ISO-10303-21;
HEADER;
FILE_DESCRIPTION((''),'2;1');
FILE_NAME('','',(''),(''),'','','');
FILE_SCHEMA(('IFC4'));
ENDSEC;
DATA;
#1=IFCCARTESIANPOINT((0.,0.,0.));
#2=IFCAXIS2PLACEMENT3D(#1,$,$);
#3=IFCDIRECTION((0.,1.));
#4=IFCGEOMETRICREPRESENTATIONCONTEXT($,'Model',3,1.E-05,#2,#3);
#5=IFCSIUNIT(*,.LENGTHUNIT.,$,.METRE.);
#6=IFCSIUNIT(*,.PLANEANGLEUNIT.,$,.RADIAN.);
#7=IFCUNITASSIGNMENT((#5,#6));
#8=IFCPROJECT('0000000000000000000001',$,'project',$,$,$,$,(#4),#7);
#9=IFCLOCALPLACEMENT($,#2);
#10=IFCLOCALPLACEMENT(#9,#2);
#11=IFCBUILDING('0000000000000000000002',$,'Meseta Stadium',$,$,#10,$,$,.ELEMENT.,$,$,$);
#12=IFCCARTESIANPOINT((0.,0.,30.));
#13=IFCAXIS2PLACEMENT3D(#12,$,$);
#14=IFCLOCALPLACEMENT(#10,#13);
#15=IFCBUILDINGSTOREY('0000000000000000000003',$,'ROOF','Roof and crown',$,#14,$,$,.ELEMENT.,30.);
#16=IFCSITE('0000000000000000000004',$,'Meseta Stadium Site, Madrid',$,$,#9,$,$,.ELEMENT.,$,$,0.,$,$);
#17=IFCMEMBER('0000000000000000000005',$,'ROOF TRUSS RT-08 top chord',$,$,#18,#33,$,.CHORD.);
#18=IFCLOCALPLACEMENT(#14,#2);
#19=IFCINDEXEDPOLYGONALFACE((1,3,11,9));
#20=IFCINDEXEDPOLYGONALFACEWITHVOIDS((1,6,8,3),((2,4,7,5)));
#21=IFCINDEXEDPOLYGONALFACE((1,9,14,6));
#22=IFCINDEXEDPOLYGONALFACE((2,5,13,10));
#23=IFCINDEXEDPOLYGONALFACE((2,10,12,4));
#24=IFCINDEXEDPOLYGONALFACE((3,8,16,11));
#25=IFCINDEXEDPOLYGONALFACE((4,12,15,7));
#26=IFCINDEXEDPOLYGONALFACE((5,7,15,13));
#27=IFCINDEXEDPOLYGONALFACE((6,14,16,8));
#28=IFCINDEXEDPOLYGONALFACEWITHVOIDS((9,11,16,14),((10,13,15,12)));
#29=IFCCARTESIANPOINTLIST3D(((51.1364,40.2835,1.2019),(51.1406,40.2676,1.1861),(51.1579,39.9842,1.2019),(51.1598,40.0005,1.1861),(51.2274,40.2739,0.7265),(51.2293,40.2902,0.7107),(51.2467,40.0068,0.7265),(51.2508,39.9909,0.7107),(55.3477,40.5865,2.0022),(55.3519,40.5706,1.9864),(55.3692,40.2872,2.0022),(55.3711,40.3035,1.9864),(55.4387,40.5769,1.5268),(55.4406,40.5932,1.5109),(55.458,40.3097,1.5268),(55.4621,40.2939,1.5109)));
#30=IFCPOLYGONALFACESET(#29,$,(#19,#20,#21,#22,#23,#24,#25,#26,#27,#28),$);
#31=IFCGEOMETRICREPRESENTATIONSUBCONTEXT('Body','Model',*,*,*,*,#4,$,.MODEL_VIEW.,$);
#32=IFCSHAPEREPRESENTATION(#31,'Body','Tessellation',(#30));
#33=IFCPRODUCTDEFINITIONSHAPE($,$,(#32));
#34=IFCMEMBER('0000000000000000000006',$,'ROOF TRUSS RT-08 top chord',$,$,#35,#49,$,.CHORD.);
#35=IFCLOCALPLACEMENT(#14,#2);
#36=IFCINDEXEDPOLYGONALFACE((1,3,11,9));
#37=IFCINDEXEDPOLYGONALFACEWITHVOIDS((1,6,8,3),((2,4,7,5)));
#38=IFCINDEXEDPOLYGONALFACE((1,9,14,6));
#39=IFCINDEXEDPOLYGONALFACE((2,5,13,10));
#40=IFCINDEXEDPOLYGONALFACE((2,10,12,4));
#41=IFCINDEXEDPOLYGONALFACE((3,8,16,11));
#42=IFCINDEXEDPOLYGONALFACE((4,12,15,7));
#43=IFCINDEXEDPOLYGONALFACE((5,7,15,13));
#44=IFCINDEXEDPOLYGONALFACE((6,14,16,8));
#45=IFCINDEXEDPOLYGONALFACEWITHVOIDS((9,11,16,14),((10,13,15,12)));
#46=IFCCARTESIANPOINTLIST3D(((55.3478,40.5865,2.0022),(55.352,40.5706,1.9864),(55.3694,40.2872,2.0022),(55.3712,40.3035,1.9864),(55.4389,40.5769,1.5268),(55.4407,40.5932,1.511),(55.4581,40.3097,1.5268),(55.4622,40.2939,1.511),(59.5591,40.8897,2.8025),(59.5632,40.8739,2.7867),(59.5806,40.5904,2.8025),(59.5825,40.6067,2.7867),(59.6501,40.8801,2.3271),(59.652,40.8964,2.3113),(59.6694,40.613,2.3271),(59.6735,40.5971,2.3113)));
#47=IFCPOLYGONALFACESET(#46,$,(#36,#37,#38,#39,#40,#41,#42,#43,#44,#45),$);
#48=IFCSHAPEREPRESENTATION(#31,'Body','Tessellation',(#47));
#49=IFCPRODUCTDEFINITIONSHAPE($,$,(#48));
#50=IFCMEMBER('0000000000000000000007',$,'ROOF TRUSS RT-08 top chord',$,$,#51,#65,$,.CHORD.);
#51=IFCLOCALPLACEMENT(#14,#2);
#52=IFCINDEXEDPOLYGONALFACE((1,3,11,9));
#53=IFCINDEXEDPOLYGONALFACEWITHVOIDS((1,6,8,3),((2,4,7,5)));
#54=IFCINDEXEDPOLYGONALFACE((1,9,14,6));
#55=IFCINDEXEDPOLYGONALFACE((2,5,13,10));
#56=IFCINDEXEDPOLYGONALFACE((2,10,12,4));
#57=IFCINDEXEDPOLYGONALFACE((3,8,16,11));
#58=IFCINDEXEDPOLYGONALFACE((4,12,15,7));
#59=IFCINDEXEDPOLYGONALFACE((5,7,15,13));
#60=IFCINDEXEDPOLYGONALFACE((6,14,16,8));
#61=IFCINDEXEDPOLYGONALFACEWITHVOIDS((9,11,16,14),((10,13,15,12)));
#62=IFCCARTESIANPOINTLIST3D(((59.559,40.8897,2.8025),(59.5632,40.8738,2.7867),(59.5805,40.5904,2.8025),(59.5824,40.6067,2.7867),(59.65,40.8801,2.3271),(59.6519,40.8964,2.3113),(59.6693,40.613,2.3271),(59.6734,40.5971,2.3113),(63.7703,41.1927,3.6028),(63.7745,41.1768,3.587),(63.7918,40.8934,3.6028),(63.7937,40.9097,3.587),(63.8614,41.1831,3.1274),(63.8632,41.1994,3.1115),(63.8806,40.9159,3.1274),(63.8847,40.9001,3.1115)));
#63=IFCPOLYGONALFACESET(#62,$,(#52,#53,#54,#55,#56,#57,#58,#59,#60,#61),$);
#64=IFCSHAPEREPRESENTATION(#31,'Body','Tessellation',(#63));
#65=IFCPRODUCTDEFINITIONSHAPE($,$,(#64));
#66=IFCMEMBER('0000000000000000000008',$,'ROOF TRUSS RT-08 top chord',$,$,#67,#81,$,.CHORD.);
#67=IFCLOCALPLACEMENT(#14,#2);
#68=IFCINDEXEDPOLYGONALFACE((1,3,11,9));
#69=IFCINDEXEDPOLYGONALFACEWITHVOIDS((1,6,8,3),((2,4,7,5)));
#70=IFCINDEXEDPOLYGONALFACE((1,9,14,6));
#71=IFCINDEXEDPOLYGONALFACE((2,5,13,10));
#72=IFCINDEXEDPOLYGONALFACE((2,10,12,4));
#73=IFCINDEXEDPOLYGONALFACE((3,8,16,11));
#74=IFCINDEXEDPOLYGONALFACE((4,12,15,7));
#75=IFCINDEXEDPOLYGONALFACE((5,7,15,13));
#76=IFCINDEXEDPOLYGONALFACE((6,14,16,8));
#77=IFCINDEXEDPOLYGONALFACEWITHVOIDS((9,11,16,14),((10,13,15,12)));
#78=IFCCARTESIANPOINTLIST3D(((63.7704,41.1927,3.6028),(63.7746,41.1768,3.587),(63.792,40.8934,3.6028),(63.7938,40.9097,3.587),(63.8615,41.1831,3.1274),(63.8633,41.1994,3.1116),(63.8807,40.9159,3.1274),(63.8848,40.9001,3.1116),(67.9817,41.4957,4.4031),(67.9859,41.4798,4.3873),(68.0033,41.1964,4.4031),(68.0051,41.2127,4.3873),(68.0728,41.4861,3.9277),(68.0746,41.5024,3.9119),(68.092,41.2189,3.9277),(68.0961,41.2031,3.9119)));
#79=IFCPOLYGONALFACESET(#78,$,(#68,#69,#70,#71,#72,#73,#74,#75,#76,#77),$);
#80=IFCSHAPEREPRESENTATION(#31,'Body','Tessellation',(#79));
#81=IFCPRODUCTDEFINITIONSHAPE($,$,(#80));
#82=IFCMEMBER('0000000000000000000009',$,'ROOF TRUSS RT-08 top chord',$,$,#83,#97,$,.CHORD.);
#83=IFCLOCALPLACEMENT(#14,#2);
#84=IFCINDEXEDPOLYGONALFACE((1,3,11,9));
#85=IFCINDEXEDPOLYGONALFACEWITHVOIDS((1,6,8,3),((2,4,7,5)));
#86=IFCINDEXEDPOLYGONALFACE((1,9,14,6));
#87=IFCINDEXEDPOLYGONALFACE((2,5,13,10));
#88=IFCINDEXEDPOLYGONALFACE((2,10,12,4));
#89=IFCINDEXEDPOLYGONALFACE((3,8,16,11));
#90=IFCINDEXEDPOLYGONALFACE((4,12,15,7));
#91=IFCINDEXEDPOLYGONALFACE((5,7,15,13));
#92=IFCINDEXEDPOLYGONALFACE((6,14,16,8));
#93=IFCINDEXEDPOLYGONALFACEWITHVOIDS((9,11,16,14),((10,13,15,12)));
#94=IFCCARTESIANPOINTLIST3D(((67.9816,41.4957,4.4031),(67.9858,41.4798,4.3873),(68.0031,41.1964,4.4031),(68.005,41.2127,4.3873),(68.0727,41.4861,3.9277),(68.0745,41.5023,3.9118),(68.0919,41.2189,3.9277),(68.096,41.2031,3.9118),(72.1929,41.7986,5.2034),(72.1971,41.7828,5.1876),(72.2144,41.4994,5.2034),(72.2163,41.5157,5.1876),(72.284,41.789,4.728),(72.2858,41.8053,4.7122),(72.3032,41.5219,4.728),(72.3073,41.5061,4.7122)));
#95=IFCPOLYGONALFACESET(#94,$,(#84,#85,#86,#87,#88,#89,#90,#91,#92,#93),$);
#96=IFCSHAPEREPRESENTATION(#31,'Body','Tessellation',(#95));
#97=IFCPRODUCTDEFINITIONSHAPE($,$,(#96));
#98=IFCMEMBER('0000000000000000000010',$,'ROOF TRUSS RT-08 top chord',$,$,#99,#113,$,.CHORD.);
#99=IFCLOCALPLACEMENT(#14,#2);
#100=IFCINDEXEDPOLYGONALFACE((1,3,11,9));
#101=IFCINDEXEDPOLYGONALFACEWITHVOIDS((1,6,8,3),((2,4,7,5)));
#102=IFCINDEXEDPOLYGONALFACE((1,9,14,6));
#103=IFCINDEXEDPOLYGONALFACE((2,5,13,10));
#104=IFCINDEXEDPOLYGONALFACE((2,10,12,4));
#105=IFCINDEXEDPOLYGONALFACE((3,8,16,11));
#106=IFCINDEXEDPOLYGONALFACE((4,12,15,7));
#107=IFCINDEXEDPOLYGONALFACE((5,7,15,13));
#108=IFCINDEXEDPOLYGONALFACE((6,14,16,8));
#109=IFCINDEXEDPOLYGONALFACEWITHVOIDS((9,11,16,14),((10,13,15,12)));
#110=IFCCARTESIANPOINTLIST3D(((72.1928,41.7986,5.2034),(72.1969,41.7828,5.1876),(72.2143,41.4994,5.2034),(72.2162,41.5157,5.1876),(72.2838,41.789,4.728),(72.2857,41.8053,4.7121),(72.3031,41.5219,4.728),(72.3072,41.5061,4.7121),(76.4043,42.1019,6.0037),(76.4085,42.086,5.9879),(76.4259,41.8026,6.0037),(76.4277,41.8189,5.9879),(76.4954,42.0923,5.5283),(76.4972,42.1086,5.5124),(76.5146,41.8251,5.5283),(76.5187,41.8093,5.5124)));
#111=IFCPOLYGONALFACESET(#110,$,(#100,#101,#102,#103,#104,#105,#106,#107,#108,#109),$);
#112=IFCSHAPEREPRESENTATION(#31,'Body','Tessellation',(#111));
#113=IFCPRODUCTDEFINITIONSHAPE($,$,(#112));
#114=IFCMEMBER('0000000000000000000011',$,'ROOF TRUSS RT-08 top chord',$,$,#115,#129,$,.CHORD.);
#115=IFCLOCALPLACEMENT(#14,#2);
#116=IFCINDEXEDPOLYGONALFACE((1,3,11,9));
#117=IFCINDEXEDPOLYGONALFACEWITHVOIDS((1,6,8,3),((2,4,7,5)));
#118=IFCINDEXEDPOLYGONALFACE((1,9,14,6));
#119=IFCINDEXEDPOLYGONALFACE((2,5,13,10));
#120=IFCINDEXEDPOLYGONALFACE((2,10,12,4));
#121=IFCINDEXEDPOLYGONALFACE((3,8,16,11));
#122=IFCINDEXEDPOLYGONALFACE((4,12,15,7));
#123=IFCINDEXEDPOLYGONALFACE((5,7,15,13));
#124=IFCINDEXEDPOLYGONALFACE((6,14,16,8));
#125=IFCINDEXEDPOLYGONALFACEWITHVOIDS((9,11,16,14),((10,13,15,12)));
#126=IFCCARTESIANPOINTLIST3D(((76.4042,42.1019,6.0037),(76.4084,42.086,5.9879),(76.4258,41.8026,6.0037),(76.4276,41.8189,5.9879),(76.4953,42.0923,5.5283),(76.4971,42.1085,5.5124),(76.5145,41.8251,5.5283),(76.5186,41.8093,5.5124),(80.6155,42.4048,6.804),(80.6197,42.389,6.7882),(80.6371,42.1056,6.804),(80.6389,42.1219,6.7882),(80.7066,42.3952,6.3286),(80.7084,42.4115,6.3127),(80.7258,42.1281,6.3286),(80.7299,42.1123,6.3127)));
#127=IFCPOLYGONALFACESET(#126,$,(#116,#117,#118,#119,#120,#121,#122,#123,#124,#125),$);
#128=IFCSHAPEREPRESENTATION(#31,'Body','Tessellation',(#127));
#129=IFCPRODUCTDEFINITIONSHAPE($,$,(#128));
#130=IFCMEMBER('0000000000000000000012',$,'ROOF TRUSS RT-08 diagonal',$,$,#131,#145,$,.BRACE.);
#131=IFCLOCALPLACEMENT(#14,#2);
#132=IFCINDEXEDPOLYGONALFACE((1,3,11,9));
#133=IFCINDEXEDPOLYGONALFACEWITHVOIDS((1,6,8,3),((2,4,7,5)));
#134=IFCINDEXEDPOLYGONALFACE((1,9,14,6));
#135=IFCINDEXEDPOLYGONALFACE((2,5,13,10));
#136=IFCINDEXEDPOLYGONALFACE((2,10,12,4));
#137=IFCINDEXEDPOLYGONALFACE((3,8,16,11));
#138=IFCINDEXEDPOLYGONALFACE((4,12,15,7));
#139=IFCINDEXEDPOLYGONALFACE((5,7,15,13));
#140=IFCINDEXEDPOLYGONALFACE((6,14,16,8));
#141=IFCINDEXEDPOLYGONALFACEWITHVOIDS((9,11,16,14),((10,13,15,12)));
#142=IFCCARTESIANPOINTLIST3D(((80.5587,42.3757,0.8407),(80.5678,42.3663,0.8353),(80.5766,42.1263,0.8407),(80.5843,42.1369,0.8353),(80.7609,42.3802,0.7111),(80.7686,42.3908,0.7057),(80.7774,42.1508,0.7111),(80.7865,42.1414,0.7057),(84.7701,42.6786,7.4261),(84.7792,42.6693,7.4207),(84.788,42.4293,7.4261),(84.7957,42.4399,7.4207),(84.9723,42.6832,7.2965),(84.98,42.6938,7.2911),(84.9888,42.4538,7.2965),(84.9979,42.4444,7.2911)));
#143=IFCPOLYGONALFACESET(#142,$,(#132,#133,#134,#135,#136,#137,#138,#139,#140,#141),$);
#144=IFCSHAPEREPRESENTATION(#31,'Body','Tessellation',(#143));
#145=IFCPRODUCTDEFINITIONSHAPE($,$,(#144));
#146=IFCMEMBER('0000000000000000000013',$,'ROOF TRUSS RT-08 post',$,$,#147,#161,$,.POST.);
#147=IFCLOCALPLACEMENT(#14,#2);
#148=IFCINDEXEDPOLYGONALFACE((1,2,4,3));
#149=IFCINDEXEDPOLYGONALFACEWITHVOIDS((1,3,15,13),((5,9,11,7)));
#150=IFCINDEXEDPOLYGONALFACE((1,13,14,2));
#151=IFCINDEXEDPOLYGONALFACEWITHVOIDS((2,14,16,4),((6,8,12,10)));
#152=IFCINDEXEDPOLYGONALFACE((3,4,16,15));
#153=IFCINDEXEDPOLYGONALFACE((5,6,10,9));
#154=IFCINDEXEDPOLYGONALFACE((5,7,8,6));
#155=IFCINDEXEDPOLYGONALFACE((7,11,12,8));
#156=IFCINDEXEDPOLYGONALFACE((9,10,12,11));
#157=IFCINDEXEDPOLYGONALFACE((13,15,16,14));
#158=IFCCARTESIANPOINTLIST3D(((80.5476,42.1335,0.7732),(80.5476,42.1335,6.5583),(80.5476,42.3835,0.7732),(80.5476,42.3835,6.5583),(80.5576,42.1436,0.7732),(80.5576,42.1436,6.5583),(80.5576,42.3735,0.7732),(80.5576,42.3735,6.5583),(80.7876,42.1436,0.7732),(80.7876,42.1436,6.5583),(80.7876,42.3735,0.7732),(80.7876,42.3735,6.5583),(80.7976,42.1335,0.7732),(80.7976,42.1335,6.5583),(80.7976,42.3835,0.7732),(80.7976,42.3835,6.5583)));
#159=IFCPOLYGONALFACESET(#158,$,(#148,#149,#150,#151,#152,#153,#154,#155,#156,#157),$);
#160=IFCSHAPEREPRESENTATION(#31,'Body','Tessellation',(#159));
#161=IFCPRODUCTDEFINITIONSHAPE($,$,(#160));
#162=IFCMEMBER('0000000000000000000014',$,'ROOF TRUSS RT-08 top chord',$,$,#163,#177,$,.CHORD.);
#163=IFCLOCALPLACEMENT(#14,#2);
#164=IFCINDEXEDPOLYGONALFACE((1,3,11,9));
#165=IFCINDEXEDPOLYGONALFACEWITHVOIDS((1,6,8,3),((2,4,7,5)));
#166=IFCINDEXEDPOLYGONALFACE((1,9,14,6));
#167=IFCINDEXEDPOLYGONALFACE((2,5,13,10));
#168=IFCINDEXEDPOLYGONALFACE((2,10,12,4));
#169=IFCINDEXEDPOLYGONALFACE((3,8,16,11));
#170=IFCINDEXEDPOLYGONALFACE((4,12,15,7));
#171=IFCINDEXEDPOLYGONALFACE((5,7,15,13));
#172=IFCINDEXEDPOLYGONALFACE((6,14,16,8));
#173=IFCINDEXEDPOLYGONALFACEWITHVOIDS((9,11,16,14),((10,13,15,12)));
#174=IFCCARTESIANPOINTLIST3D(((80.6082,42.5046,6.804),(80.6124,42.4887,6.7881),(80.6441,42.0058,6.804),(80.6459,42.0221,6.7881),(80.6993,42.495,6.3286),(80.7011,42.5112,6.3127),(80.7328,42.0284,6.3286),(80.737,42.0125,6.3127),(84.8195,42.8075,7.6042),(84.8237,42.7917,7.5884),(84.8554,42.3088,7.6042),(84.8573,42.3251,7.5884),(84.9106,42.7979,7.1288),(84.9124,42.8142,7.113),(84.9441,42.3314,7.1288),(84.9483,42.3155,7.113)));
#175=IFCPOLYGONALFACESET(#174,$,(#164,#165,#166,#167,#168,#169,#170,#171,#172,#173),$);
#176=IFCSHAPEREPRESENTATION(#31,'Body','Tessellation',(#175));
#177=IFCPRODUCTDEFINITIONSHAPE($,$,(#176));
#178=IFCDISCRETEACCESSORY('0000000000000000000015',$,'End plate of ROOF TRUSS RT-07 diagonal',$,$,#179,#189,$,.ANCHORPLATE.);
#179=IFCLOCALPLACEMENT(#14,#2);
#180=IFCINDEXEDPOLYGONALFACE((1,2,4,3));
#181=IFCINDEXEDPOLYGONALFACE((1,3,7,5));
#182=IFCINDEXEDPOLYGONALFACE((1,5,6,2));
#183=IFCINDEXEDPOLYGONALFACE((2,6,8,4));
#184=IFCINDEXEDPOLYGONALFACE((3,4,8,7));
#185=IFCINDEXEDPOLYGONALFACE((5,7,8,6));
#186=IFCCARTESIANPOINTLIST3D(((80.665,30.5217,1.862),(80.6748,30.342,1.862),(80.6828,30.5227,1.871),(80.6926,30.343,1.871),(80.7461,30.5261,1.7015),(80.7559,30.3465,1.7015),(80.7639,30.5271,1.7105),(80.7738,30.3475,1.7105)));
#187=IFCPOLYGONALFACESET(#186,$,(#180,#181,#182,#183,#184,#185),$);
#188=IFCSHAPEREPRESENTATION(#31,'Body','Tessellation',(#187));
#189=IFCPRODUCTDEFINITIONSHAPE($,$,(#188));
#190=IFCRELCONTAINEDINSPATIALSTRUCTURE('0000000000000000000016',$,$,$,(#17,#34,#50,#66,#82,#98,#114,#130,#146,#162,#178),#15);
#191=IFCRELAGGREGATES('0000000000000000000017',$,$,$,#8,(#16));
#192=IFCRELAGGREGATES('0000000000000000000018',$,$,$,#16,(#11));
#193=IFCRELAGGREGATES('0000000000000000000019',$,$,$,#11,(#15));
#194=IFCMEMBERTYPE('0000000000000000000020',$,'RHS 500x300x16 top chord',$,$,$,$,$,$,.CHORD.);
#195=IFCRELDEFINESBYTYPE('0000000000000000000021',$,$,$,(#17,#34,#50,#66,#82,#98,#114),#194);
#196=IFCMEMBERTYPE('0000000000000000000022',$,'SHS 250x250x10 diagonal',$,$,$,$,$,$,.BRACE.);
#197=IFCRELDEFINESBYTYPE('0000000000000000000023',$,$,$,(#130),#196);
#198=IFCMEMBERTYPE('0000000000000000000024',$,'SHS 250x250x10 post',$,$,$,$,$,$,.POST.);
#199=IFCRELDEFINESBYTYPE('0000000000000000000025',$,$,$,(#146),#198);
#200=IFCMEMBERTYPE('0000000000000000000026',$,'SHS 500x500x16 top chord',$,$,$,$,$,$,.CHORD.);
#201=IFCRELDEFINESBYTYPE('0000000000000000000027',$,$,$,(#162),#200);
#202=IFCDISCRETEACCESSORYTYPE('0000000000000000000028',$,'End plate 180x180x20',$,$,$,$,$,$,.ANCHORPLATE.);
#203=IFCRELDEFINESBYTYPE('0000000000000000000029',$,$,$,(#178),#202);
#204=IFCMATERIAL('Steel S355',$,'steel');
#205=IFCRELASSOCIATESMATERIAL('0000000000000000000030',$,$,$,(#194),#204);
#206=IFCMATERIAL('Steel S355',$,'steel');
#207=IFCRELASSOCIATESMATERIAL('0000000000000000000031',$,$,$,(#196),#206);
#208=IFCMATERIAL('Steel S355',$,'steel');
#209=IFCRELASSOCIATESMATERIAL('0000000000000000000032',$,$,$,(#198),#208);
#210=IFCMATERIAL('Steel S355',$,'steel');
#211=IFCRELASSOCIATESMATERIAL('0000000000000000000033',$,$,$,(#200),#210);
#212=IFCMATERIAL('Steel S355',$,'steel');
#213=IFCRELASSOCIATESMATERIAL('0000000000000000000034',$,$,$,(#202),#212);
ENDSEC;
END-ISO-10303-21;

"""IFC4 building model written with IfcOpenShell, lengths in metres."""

from ifc_helpers import new_model, si_unit, direction, frame, origin, origin_2d, place, context, subcontext, project, spatial, rectangle, hollow_rectangle, extrude, material, material_profile, profile_set, type_object, element, save


model = new_model("IFC4")

# Units and contexts
model_context = context("Model", 3, precision=1e-05, world=origin(), true_north=direction((0.0, 1.0)))
body_context = subcontext(model_context, "Body", "Model", "MODEL_VIEW")
ifc_project = project(units=[si_unit("LENGTHUNIT", "METRE"), si_unit("PLANEANGLEUNIT", "RADIAN")], contexts=[model_context])

# Site, building, storey
site_placement = place(None, origin())
site = spatial("IfcSite", under=ifc_project, at=site_placement, Name="Meseta Stadium Site, Madrid", CompositionType="ELEMENT", RefElevation=0.0)
building_placement = place(site_placement, origin())
building = spatial("IfcBuilding", under=site, at=building_placement, Name="Meseta Stadium", CompositionType="ELEMENT")
storey_placement = place(building_placement, frame((0.0, 0.0, 30.0)))
storey = spatial("IfcBuildingStorey", under=building, at=storey_placement, Name="ROOF", Description="Roof and crown", CompositionType="ELEMENT", Elevation=30.0)

# Members
ifc_material_1 = material(Name="Steel S355", Category="steel")
ifc_material_profile_1 = material_profile(ifc_material_1, hollow_rectangle(XDim=0.3, YDim=0.5, WallThickness=0.0161, at=origin_2d()), Name="RHS 500x300x16")
ifc_profile_set_1 = profile_set([ifc_material_profile_1], Name="Steel S355")
member_type_1 = type_object("IfcMemberType", Name="RHS 500x300x16 top chord", PredefinedType="CHORD", material=ifc_profile_set_1)
for number, where, z_axis, x_axis, name in (
    (1, (51.1936, 40.1372, 0.9563), (0.979975, 0.070501, 0.186224), (-0.071757, 0.997422, 0.0), "ROOF TRUSS RT-08 top chord"),
    (2, (55.405, 40.4402, 1.7566), (0.979968, 0.070562, 0.186233), (-0.071818, 0.997418, 0.0), "ROOF TRUSS RT-08 top chord"),
    (3, (59.6162, 40.7434, 2.5569), (0.979975, 0.070501, 0.186224), (-0.071757, 0.997422, 0.0), "ROOF TRUSS RT-08 top chord"),
    (4, (63.8276, 41.0464, 3.3572), (0.979972, 0.070505, 0.186234), (-0.071761, 0.997422, 0.0), "ROOF TRUSS RT-08 top chord"),
    (5, (68.0388, 41.3494, 4.1575), (0.979972, 0.070505, 0.186234), (-0.071761, 0.997422, 0.0), "ROOF TRUSS RT-08 top chord"),
):
    element("IfcMember", number, at=place(storey_placement, frame(where, z_axis=z_axis, x_axis=x_axis)), inside=storey, type_object=member_type_1, Name=name, PredefinedType="CHORD", context=body_context, shape_type="SweptSolid", body=[
        extrude(hollow_rectangle(XDim=0.3, YDim=0.5, WallThickness=0.0161, at=origin_2d()), origin(), (0.0, 0.0, 1.0), 4.2974),
    ])
member_1_placement = place(storey_placement, frame((72.25, 41.6523, 4.9578), z_axis=(0.979971, 0.070558, 0.186223), x_axis=(-0.071814, 0.997418, 0.0)))
element("IfcMember", 6, at=member_1_placement, inside=storey, type_object=member_type_1, Name="ROOF TRUSS RT-08 top chord", PredefinedType="CHORD", context=body_context, shape_type="SweptSolid", body=[
    extrude(hollow_rectangle(XDim=0.3, YDim=0.5, WallThickness=0.0161, at=origin_2d()), origin(), (0.0, 0.0, 1.0), 4.2976),
])
member_2_placement = place(storey_placement, frame((76.4614, 41.9556, 5.7581), z_axis=(0.979972, 0.070505, 0.186234), x_axis=(-0.071761, 0.997422, 0.0)))
element("IfcMember", 7, at=member_2_placement, inside=storey, type_object=member_type_1, Name="ROOF TRUSS RT-08 top chord", PredefinedType="CHORD", context=body_context, shape_type="SweptSolid", body=[
    extrude(hollow_rectangle(XDim=0.3, YDim=0.5, WallThickness=0.0161, at=origin_2d()), origin(), (0.0, 0.0, 1.0), 4.2974),
])
ifc_material_2 = material(Name="Steel S355", Category="steel")
ifc_material_profile_2 = material_profile(ifc_material_2, hollow_rectangle(XDim=0.25, YDim=0.25, WallThickness=0.01, at=origin_2d()), Name="SHS 250x250x10")
ifc_profile_set_2 = profile_set([ifc_material_profile_2], Name="Steel S355")
member_type_2 = type_object("IfcMemberType", Name="SHS 250x250x10 diagonal", PredefinedType="BRACE", material=ifc_profile_set_2)
member_3_placement = place(storey_placement, frame((80.6726, 42.2585, 0.7732), z_axis=(0.538353, 0.03873, 0.841829), x_axis=(-0.071757, 0.997422, 0.0)))
element("IfcMember", 8, at=member_3_placement, inside=storey, type_object=member_type_2, Name="ROOF TRUSS RT-08 diagonal", PredefinedType="BRACE", context=body_context, shape_type="SweptSolid", body=[
    extrude(hollow_rectangle(XDim=0.25, YDim=0.25, WallThickness=0.01, at=origin_2d()), origin(), (0.0, 0.0, 1.0), 7.8228),
])
ifc_material_3 = material(Name="Steel S355", Category="steel")
ifc_material_profile_3 = material_profile(ifc_material_3, hollow_rectangle(XDim=0.25, YDim=0.25, WallThickness=0.01, at=origin_2d()), Name="SHS 250x250x10")
ifc_profile_set_3 = profile_set([ifc_material_profile_3], Name="Steel S355")
member_type_3 = type_object("IfcMemberType", Name="SHS 250x250x10 post", PredefinedType="POST", material=ifc_profile_set_3)
member_4_placement = place(storey_placement, frame((80.6726, 42.2585, 0.7732), z_axis=(0.0, 0.0, 1.0), x_axis=(1.0, 0.0, 0.0)))
element("IfcMember", 9, at=member_4_placement, inside=storey, type_object=member_type_3, Name="ROOF TRUSS RT-08 post", PredefinedType="POST", context=body_context, shape_type="SweptSolid", body=[
    extrude(hollow_rectangle(XDim=0.25, YDim=0.25, WallThickness=0.01, at=origin_2d()), origin(), (0.0, 0.0, 1.0), 5.7852),
])
ifc_material_4 = material(Name="Steel S355", Category="steel")
ifc_material_profile_4 = material_profile(ifc_material_4, hollow_rectangle(XDim=0.5, YDim=0.5, WallThickness=0.0161, at=origin_2d()), Name="SHS 500x500x16")
ifc_profile_set_4 = profile_set([ifc_material_profile_4], Name="Steel S355")
member_type_4 = type_object("IfcMemberType", Name="SHS 500x500x16 top chord", PredefinedType="CHORD", material=ifc_profile_set_4)
member_5_placement = place(storey_placement, frame((80.6726, 42.2585, 6.5583), z_axis=(0.979975, 0.070501, 0.186224), x_axis=(-0.071757, 0.997422, 0.0)))
element("IfcMember", 10, at=member_5_placement, inside=storey, type_object=member_type_4, Name="ROOF TRUSS RT-08 top chord", PredefinedType="CHORD", context=body_context, shape_type="SweptSolid", body=[
    extrude(hollow_rectangle(XDim=0.5, YDim=0.5, WallThickness=0.0161, at=origin_2d()), origin(), (0.0, 0.0, 1.0), 4.2974),
])

# Discrete accessory
ifc_material_5 = material(Name="Steel S355", Category="steel")
ifc_material_profile_5 = material_profile(ifc_material_5, rectangle(XDim=0.1799, YDim=0.1799, at=origin_2d()), Name="PL 180x180")
ifc_profile_set_5 = profile_set([ifc_material_profile_5], Name="Steel S355")
discrete_accessory_type_1 = type_object("IfcDiscreteAccessoryType", Name="End plate 180x180x20", PredefinedType="ANCHORPLATE", material=ifc_profile_set_5)
discrete_accessory_1_placement = place(storey_placement, frame((80.7104, 30.4341, 1.7817), z_axis=(0.890907, 0.048817, 0.451555), x_axis=(-0.054712, 0.998502, 0.0)))
element("IfcDiscreteAccessory", 11, at=discrete_accessory_1_placement, inside=storey, type_object=discrete_accessory_type_1, Name="End plate of ROOF TRUSS RT-07 diagonal", PredefinedType="ANCHORPLATE", context=body_context, shape_type="SweptSolid", body=[
    extrude(rectangle(XDim=0.1799, YDim=0.1799, at=origin_2d()), origin(), (0.0, 0.0, 1.0), 0.02),
])

save(model, "model.ifc")
